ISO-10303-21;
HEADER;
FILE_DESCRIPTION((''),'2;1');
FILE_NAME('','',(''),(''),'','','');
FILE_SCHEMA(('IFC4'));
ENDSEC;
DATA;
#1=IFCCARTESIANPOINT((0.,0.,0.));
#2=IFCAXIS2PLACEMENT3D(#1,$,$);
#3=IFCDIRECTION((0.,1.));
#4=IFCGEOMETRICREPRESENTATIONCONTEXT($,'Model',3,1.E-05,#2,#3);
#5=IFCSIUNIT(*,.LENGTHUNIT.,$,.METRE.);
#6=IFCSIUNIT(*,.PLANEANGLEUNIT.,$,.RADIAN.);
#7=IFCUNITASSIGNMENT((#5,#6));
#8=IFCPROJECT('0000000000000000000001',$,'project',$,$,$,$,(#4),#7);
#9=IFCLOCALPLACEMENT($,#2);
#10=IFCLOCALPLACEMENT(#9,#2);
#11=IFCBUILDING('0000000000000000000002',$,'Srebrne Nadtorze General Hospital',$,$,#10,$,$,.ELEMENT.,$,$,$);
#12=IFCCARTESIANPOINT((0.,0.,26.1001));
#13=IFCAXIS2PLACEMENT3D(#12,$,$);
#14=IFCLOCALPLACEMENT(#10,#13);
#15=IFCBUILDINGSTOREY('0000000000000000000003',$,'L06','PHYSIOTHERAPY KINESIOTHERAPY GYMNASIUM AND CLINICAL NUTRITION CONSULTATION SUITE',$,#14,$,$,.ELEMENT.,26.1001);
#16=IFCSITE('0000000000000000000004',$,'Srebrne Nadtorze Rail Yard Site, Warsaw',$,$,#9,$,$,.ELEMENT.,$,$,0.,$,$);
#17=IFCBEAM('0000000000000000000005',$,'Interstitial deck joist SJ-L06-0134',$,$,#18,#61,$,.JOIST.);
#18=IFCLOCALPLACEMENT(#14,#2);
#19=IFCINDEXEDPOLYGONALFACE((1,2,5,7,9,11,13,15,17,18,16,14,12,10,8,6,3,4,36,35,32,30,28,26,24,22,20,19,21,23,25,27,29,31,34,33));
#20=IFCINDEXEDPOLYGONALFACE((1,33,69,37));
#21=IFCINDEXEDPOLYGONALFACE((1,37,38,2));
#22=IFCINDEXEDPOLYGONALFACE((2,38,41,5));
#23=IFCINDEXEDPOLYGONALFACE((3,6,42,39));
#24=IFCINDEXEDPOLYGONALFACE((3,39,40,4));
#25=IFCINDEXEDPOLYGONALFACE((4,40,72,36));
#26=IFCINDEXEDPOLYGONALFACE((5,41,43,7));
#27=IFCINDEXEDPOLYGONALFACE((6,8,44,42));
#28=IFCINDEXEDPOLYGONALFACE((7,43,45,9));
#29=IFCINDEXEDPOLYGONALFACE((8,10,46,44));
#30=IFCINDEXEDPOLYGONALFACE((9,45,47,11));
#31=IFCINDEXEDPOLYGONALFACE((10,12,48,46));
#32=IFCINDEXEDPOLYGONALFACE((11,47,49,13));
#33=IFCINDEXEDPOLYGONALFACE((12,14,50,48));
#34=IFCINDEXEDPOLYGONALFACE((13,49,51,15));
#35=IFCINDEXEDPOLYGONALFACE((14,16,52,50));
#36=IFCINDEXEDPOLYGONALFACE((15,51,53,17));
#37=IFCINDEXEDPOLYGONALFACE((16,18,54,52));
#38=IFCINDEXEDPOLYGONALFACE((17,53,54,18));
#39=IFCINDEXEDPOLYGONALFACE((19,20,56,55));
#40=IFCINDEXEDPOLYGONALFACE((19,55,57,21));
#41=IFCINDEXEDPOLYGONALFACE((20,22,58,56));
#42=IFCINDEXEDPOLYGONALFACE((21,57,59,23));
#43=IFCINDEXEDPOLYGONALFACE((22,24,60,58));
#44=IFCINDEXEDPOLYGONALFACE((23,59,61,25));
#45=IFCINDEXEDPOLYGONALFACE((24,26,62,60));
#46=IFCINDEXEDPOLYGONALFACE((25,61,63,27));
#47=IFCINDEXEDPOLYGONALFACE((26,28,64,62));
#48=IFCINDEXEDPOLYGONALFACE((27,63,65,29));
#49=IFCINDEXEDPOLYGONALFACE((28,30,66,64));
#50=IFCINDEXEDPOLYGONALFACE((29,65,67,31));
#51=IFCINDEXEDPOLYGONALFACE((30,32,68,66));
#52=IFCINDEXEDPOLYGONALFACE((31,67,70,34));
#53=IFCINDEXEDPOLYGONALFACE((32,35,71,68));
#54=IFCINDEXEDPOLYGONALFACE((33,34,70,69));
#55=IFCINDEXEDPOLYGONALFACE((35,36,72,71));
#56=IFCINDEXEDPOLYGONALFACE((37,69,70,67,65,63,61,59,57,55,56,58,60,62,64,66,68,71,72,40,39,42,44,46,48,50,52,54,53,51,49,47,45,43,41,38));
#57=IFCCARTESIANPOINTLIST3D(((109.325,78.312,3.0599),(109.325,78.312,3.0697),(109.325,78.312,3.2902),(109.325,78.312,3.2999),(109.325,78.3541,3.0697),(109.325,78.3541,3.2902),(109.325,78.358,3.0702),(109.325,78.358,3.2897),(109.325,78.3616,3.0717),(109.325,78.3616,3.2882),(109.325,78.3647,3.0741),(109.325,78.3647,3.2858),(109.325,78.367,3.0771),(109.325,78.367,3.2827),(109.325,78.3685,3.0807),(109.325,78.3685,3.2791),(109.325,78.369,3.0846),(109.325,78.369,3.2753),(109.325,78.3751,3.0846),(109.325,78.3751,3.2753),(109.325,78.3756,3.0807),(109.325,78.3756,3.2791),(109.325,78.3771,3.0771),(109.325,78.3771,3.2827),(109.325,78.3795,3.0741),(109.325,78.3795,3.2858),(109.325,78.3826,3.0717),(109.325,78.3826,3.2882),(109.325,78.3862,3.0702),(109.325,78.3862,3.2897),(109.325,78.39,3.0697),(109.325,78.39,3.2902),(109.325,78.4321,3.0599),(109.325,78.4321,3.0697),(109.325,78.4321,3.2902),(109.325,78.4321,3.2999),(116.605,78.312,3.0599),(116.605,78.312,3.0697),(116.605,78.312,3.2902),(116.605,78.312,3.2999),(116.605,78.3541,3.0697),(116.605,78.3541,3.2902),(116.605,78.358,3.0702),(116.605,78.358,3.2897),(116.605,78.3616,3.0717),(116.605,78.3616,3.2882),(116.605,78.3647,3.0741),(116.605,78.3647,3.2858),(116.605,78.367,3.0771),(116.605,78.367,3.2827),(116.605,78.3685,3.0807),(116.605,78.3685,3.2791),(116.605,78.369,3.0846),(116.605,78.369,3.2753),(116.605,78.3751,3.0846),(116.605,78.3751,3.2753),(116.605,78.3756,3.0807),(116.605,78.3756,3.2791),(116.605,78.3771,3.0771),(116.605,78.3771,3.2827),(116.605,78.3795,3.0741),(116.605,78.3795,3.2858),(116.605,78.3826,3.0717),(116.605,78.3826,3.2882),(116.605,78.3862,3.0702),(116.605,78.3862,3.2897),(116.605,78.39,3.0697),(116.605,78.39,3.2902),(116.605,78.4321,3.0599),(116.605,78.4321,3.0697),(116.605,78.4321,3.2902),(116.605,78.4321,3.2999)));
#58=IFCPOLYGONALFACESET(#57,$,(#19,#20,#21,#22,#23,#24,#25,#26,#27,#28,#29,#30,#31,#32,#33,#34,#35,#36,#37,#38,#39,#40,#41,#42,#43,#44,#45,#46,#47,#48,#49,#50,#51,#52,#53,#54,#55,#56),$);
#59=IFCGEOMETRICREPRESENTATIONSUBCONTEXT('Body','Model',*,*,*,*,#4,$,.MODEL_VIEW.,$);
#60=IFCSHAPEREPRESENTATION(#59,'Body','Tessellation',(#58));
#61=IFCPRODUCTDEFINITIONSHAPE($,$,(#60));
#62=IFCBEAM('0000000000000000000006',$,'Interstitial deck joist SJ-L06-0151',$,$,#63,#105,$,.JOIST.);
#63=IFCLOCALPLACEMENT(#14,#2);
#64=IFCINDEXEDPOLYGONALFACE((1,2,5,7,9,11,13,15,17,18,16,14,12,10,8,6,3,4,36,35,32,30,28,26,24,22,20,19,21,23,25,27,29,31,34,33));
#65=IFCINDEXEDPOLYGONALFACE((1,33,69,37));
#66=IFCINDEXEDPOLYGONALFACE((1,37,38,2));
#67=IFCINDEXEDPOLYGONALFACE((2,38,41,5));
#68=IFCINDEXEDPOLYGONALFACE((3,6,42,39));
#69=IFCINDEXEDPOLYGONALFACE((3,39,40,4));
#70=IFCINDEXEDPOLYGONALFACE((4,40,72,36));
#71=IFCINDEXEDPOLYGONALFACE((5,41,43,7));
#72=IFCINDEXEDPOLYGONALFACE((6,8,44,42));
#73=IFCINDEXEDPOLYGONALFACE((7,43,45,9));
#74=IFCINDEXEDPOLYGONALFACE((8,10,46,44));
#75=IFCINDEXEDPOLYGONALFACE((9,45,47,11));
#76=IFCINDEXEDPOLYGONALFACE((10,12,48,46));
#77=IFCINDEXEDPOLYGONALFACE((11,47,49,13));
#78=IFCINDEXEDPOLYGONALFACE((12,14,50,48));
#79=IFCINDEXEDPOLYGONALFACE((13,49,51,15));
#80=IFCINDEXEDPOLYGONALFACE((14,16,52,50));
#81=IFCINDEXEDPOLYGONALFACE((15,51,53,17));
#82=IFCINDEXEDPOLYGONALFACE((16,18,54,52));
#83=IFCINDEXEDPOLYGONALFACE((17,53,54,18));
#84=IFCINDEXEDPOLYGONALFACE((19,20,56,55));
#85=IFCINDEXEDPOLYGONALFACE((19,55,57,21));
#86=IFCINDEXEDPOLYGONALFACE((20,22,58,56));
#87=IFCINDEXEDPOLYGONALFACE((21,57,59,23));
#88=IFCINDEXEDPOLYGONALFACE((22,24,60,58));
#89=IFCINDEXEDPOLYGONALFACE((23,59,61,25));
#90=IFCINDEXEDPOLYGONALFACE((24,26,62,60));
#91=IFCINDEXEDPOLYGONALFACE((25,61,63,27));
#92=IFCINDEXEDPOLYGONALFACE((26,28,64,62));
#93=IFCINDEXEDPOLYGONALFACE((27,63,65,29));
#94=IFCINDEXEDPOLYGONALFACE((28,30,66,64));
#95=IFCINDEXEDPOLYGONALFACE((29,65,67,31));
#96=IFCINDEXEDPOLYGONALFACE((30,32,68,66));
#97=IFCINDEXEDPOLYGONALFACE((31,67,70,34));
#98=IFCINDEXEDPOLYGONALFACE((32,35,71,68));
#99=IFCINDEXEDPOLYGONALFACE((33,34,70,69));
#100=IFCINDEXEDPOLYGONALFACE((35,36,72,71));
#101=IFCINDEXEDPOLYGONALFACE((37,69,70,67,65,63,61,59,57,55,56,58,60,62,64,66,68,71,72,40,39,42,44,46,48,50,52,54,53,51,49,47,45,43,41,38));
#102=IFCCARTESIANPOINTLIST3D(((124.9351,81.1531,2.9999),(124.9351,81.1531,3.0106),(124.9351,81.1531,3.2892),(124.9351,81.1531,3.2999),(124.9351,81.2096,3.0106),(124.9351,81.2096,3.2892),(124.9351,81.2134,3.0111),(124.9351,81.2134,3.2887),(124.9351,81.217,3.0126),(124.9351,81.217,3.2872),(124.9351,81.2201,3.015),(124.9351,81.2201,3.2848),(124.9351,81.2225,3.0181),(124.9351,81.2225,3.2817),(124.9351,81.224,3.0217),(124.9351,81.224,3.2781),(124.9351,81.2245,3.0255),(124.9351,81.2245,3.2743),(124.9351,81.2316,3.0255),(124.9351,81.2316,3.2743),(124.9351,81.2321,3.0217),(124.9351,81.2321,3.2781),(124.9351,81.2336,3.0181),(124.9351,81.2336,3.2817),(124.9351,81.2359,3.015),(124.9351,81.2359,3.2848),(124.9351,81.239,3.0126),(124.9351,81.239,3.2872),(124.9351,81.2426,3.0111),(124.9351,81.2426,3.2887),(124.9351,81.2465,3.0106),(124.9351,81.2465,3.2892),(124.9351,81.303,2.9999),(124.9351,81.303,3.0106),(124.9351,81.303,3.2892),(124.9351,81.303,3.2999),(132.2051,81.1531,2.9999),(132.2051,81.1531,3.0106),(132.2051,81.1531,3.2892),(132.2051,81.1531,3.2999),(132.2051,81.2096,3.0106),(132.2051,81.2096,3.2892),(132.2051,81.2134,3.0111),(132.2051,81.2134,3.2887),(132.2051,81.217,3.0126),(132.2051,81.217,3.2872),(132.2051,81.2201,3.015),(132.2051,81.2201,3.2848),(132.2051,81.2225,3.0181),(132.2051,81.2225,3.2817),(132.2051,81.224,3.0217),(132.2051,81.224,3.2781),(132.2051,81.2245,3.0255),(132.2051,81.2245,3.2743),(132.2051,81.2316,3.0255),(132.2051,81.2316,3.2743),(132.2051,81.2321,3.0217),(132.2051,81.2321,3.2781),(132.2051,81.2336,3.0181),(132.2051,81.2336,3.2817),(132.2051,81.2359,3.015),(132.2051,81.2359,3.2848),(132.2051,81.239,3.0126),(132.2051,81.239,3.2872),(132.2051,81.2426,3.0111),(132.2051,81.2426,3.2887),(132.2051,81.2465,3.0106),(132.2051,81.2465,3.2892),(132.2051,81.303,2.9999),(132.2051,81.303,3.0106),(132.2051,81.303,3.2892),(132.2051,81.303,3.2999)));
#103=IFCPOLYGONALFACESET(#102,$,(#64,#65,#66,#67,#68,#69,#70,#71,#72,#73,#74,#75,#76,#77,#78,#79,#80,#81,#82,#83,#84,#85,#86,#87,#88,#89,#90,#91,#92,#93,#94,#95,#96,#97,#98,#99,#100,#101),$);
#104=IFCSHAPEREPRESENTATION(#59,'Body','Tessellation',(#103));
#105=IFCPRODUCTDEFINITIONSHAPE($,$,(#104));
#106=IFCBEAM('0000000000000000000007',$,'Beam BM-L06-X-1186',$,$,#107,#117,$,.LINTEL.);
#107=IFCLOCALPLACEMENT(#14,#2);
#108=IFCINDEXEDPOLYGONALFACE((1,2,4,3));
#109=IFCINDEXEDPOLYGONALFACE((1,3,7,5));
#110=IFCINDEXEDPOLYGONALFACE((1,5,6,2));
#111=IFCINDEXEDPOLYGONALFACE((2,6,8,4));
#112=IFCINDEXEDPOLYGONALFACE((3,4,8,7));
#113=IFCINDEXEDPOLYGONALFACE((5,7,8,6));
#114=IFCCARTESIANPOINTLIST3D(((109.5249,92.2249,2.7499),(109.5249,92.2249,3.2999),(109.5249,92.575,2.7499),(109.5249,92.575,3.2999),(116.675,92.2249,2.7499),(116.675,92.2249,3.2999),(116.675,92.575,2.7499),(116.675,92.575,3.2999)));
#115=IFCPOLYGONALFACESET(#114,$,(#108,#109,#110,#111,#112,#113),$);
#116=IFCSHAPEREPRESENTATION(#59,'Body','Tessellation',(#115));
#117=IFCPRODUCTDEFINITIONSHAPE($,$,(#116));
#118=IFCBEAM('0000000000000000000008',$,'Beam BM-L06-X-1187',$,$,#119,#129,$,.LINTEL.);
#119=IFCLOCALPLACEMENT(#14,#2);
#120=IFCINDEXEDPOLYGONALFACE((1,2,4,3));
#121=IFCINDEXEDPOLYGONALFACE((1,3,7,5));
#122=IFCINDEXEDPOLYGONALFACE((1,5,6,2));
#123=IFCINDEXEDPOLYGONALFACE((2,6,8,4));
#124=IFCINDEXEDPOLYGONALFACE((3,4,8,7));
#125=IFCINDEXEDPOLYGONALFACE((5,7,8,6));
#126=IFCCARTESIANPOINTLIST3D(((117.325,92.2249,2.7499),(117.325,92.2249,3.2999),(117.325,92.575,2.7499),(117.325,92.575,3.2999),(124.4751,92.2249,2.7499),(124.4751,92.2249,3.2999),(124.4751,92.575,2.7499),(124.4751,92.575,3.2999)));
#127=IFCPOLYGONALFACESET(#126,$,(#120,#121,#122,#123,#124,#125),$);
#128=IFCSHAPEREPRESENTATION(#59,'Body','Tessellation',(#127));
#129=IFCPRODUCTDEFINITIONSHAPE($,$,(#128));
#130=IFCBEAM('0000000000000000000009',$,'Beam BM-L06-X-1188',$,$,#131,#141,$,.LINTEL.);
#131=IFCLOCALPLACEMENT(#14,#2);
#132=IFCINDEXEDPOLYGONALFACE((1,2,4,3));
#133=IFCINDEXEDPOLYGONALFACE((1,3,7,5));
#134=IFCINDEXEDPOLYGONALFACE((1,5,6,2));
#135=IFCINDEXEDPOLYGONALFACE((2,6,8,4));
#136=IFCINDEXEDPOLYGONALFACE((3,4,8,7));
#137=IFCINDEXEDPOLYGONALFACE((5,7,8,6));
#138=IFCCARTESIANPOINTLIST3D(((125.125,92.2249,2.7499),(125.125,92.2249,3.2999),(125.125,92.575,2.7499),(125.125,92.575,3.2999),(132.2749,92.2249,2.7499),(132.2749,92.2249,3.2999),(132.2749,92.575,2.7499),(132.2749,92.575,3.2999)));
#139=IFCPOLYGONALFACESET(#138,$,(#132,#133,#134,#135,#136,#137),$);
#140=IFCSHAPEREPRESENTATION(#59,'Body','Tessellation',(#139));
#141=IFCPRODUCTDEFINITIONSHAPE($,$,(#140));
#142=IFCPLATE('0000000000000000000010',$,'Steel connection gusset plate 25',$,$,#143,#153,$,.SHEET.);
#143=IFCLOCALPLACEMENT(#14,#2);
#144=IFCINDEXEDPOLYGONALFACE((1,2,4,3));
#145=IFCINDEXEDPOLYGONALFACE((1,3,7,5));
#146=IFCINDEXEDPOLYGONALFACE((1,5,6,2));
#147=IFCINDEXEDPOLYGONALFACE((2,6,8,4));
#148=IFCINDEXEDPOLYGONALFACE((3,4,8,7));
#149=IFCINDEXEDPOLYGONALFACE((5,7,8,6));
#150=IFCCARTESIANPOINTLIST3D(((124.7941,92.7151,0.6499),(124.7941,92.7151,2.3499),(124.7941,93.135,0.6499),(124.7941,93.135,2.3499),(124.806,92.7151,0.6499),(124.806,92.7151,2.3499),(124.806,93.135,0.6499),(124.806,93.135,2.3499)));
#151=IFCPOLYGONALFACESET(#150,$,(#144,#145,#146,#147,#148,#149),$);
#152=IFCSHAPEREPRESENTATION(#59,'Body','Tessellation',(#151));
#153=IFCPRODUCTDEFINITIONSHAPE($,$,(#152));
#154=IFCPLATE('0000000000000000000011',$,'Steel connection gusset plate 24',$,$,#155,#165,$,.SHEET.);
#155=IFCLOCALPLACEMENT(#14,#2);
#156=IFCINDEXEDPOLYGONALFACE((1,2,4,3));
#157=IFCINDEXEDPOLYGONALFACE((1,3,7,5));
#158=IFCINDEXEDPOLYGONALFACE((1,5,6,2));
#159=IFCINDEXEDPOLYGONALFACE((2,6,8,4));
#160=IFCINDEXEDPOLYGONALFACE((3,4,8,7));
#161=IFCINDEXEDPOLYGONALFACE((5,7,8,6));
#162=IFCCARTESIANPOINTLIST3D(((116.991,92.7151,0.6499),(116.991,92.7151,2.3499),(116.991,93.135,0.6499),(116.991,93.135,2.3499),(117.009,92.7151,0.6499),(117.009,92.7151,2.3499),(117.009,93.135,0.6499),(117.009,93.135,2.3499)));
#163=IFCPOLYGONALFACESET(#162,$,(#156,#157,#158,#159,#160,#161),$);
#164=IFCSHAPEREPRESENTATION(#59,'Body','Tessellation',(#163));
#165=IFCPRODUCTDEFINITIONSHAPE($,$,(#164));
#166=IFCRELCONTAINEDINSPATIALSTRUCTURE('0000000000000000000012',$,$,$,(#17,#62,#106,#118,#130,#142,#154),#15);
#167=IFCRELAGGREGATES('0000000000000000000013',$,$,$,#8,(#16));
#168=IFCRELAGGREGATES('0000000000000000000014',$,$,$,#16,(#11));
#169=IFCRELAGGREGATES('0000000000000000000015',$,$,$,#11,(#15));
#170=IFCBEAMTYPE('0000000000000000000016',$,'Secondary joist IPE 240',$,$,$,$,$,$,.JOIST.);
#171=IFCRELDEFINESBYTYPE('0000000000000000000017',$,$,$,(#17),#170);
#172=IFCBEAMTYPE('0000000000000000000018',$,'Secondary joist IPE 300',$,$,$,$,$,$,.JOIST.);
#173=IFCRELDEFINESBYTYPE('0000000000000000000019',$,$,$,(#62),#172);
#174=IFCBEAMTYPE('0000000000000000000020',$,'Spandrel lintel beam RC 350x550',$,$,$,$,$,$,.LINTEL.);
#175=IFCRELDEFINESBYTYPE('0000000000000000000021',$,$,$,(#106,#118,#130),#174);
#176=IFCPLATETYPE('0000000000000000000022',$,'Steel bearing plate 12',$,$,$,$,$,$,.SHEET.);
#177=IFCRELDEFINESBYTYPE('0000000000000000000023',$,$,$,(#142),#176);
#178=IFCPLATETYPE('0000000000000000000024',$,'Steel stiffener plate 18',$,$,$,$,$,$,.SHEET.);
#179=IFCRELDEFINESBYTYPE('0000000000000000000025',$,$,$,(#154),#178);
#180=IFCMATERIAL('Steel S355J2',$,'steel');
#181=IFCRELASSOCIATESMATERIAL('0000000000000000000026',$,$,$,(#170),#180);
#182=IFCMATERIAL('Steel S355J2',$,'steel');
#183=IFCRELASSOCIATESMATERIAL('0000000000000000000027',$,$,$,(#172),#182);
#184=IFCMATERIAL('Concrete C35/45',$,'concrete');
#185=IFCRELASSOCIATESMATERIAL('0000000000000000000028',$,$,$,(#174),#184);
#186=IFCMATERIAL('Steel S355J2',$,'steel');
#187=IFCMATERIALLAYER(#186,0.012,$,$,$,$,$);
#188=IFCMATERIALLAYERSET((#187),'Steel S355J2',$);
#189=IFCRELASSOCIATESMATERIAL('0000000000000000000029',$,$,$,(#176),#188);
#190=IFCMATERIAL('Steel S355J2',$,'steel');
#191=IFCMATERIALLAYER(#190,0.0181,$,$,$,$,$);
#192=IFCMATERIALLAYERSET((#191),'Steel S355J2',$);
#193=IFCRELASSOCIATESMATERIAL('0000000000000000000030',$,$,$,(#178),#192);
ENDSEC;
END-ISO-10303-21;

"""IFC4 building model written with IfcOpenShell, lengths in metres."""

from ifc_helpers import new_model, si_unit, direction, frame, origin, origin_2d, place, context, subcontext, project, spatial, rectangle, i_section, extrude, material, layer, layer_set, material_profile, profile_set, type_object, element, save


model = new_model("IFC4")

# Units and contexts
model_context = context("Model", 3, precision=1e-05, world=origin(), true_north=direction((0.0, 1.0)))
body_context = subcontext(model_context, "Body", "Model", "MODEL_VIEW")
ifc_project = project(units=[si_unit("LENGTHUNIT", "METRE"), si_unit("PLANEANGLEUNIT", "RADIAN")], contexts=[model_context])

# Site, building, storey
site_placement = place(None, origin())
site = spatial("IfcSite", under=ifc_project, at=site_placement, Name="Srebrne Nadtorze Rail Yard Site, Warsaw", CompositionType="ELEMENT", RefElevation=0.0)
building_placement = place(site_placement, origin())
building = spatial("IfcBuilding", under=site, at=building_placement, Name="Srebrne Nadtorze General Hospital", CompositionType="ELEMENT")
storey_placement = place(building_placement, frame((0.0, 0.0, 26.1001)))
storey = spatial("IfcBuildingStorey", under=building, at=storey_placement, Name="L06", Description="PHYSIOTHERAPY KINESIOTHERAPY GYMNASIUM AND CLINICAL NUTRITION CONSULTATION SUITE", CompositionType="ELEMENT", Elevation=26.1001)

# Beams
ifc_material_1 = material(Name="Steel S355J2", Category="steel")
ifc_material_profile_1 = material_profile(ifc_material_1, i_section(OverallWidth=0.1201, OverallDepth=0.24, WebThickness=0.0061, FlangeThickness=0.0098, FilletRadius=0.0149, at=origin_2d()), Name="IPE-240")
ifc_profile_set_1 = profile_set([ifc_material_profile_1], Name="Steel S355J2")
beam_type_1 = type_object("IfcBeamType", Name="Secondary joist IPE 240", PredefinedType="JOIST", material=ifc_profile_set_1)
beam_1_placement = place(storey_placement, frame((109.325, 78.3721, 3.1799), z_axis=(1.0, 0.0, 0.0), x_axis=(0.0, 1.0, 0.0)))
element("IfcBeam", 1, at=beam_1_placement, inside=storey, type_object=beam_type_1, Name="Interstitial deck joist SJ-L06-0134", PredefinedType="JOIST", context=body_context, shape_type="SweptSolid", body=[
    extrude(i_section(OverallWidth=0.1201, OverallDepth=0.24, WebThickness=0.0061, FlangeThickness=0.0098, FilletRadius=0.0149, at=origin_2d()), origin(), (0.0, 0.0, 1.0), 7.28),
])
ifc_material_2 = material(Name="Steel S355J2", Category="steel")
ifc_material_profile_2 = material_profile(ifc_material_2, i_section(OverallWidth=0.1499, OverallDepth=0.3, WebThickness=0.0071, FlangeThickness=0.0107, FilletRadius=0.0149, at=origin_2d()), Name="IPE-300")
ifc_profile_set_2 = profile_set([ifc_material_profile_2], Name="Steel S355J2")
beam_type_2 = type_object("IfcBeamType", Name="Secondary joist IPE 300", PredefinedType="JOIST", material=ifc_profile_set_2)
beam_2_placement = place(storey_placement, frame((124.9351, 81.228, 3.1499), z_axis=(1.0, 0.0, 0.0), x_axis=(0.0, 1.0, 0.0)))
element("IfcBeam", 2, at=beam_2_placement, inside=storey, type_object=beam_type_2, Name="Interstitial deck joist SJ-L06-0151", PredefinedType="JOIST", context=body_context, shape_type="SweptSolid", body=[
    extrude(i_section(OverallWidth=0.1499, OverallDepth=0.3, WebThickness=0.0071, FlangeThickness=0.0107, FilletRadius=0.0149, at=origin_2d()), origin(), (0.0, 0.0, 1.0), 7.27),
])
ifc_material_3 = material(Name="Concrete C35/45", Category="concrete")
ifc_material_profile_3 = material_profile(ifc_material_3, rectangle(XDim=0.3501, YDim=0.55, at=origin_2d()), Name="RC-BM-350x550")
ifc_profile_set_3 = profile_set([ifc_material_profile_3], Name="Concrete C35/45")
beam_type_3 = type_object("IfcBeamType", Name="Spandrel lintel beam RC 350x550", PredefinedType="LINTEL", material=ifc_profile_set_3)
for number, where, z_axis, x_axis, name in (
    (3, (109.5249, 92.3999, 3.0249), (1.0, 0.0, 0.0), (0.0, 1.0, 0.0), "Beam BM-L06-X-1186"),
    (4, (117.325, 92.3999, 3.0249), (1.0, 0.0, 0.0), (0.0, 1.0, 0.0), "Beam BM-L06-X-1187"),
):
    element("IfcBeam", number, at=place(storey_placement, frame(where, z_axis=z_axis, x_axis=x_axis)), inside=storey, type_object=beam_type_3, Name=name, PredefinedType="LINTEL", context=body_context, shape_type="SweptSolid", body=[
        extrude(rectangle(XDim=0.3501, YDim=0.55, at=origin_2d()), origin(), (0.0, 0.0, 1.0), 7.1501),
    ])
beam_3_placement = place(storey_placement, frame((125.125, 92.3999, 3.0249), z_axis=(1.0, 0.0, 0.0), x_axis=(0.0, 1.0, 0.0)))
element("IfcBeam", 5, at=beam_3_placement, inside=storey, type_object=beam_type_3, Name="Beam BM-L06-X-1188", PredefinedType="LINTEL", context=body_context, shape_type="SweptSolid", body=[
    extrude(rectangle(XDim=0.3501, YDim=0.55, at=origin_2d()), origin(), (0.0, 0.0, 1.0), 7.1499),
])

# Plates
ifc_material_4 = material(Name="Steel S355J2", Category="steel")
ifc_layer_1 = layer(ifc_material_4, 0.012)
ifc_layer_set_1 = layer_set([ifc_layer_1], Name="Steel S355J2")
plate_type_1 = type_object("IfcPlateType", Name="Steel bearing plate 12", PredefinedType="SHEET", material=ifc_layer_set_1)
plate_1_placement = place(storey_placement, frame((124.8, 92.925, 0.6499), z_axis=(0.0, 0.0, 1.0), x_axis=(1.0, 0.0, 0.0)))
element("IfcPlate", 6, at=plate_1_placement, inside=storey, type_object=plate_type_1, Name="Steel connection gusset plate 25", PredefinedType="SHEET", context=body_context, shape_type="SweptSolid", body=[
    extrude(rectangle(XDim=0.012, YDim=0.4199, at=origin_2d()), origin(), (0.0, 0.0, 1.0), 1.7),
])
ifc_material_5 = material(Name="Steel S355J2", Category="steel")
ifc_layer_2 = layer(ifc_material_5, 0.0181)
ifc_layer_set_2 = layer_set([ifc_layer_2], Name="Steel S355J2")
plate_type_2 = type_object("IfcPlateType", Name="Steel stiffener plate 18", PredefinedType="SHEET", material=ifc_layer_set_2)
plate_2_placement = place(storey_placement, frame((117.0, 92.925, 0.6499), z_axis=(0.0, 0.0, 1.0), x_axis=(1.0, 0.0, 0.0)))
element("IfcPlate", 7, at=plate_2_placement, inside=storey, type_object=plate_type_2, Name="Steel connection gusset plate 24", PredefinedType="SHEET", context=body_context, shape_type="SweptSolid", body=[
    extrude(rectangle(XDim=0.0181, YDim=0.4199, at=origin_2d()), origin(), (0.0, 0.0, 1.0), 1.7),
])

save(model, "model.ifc")
